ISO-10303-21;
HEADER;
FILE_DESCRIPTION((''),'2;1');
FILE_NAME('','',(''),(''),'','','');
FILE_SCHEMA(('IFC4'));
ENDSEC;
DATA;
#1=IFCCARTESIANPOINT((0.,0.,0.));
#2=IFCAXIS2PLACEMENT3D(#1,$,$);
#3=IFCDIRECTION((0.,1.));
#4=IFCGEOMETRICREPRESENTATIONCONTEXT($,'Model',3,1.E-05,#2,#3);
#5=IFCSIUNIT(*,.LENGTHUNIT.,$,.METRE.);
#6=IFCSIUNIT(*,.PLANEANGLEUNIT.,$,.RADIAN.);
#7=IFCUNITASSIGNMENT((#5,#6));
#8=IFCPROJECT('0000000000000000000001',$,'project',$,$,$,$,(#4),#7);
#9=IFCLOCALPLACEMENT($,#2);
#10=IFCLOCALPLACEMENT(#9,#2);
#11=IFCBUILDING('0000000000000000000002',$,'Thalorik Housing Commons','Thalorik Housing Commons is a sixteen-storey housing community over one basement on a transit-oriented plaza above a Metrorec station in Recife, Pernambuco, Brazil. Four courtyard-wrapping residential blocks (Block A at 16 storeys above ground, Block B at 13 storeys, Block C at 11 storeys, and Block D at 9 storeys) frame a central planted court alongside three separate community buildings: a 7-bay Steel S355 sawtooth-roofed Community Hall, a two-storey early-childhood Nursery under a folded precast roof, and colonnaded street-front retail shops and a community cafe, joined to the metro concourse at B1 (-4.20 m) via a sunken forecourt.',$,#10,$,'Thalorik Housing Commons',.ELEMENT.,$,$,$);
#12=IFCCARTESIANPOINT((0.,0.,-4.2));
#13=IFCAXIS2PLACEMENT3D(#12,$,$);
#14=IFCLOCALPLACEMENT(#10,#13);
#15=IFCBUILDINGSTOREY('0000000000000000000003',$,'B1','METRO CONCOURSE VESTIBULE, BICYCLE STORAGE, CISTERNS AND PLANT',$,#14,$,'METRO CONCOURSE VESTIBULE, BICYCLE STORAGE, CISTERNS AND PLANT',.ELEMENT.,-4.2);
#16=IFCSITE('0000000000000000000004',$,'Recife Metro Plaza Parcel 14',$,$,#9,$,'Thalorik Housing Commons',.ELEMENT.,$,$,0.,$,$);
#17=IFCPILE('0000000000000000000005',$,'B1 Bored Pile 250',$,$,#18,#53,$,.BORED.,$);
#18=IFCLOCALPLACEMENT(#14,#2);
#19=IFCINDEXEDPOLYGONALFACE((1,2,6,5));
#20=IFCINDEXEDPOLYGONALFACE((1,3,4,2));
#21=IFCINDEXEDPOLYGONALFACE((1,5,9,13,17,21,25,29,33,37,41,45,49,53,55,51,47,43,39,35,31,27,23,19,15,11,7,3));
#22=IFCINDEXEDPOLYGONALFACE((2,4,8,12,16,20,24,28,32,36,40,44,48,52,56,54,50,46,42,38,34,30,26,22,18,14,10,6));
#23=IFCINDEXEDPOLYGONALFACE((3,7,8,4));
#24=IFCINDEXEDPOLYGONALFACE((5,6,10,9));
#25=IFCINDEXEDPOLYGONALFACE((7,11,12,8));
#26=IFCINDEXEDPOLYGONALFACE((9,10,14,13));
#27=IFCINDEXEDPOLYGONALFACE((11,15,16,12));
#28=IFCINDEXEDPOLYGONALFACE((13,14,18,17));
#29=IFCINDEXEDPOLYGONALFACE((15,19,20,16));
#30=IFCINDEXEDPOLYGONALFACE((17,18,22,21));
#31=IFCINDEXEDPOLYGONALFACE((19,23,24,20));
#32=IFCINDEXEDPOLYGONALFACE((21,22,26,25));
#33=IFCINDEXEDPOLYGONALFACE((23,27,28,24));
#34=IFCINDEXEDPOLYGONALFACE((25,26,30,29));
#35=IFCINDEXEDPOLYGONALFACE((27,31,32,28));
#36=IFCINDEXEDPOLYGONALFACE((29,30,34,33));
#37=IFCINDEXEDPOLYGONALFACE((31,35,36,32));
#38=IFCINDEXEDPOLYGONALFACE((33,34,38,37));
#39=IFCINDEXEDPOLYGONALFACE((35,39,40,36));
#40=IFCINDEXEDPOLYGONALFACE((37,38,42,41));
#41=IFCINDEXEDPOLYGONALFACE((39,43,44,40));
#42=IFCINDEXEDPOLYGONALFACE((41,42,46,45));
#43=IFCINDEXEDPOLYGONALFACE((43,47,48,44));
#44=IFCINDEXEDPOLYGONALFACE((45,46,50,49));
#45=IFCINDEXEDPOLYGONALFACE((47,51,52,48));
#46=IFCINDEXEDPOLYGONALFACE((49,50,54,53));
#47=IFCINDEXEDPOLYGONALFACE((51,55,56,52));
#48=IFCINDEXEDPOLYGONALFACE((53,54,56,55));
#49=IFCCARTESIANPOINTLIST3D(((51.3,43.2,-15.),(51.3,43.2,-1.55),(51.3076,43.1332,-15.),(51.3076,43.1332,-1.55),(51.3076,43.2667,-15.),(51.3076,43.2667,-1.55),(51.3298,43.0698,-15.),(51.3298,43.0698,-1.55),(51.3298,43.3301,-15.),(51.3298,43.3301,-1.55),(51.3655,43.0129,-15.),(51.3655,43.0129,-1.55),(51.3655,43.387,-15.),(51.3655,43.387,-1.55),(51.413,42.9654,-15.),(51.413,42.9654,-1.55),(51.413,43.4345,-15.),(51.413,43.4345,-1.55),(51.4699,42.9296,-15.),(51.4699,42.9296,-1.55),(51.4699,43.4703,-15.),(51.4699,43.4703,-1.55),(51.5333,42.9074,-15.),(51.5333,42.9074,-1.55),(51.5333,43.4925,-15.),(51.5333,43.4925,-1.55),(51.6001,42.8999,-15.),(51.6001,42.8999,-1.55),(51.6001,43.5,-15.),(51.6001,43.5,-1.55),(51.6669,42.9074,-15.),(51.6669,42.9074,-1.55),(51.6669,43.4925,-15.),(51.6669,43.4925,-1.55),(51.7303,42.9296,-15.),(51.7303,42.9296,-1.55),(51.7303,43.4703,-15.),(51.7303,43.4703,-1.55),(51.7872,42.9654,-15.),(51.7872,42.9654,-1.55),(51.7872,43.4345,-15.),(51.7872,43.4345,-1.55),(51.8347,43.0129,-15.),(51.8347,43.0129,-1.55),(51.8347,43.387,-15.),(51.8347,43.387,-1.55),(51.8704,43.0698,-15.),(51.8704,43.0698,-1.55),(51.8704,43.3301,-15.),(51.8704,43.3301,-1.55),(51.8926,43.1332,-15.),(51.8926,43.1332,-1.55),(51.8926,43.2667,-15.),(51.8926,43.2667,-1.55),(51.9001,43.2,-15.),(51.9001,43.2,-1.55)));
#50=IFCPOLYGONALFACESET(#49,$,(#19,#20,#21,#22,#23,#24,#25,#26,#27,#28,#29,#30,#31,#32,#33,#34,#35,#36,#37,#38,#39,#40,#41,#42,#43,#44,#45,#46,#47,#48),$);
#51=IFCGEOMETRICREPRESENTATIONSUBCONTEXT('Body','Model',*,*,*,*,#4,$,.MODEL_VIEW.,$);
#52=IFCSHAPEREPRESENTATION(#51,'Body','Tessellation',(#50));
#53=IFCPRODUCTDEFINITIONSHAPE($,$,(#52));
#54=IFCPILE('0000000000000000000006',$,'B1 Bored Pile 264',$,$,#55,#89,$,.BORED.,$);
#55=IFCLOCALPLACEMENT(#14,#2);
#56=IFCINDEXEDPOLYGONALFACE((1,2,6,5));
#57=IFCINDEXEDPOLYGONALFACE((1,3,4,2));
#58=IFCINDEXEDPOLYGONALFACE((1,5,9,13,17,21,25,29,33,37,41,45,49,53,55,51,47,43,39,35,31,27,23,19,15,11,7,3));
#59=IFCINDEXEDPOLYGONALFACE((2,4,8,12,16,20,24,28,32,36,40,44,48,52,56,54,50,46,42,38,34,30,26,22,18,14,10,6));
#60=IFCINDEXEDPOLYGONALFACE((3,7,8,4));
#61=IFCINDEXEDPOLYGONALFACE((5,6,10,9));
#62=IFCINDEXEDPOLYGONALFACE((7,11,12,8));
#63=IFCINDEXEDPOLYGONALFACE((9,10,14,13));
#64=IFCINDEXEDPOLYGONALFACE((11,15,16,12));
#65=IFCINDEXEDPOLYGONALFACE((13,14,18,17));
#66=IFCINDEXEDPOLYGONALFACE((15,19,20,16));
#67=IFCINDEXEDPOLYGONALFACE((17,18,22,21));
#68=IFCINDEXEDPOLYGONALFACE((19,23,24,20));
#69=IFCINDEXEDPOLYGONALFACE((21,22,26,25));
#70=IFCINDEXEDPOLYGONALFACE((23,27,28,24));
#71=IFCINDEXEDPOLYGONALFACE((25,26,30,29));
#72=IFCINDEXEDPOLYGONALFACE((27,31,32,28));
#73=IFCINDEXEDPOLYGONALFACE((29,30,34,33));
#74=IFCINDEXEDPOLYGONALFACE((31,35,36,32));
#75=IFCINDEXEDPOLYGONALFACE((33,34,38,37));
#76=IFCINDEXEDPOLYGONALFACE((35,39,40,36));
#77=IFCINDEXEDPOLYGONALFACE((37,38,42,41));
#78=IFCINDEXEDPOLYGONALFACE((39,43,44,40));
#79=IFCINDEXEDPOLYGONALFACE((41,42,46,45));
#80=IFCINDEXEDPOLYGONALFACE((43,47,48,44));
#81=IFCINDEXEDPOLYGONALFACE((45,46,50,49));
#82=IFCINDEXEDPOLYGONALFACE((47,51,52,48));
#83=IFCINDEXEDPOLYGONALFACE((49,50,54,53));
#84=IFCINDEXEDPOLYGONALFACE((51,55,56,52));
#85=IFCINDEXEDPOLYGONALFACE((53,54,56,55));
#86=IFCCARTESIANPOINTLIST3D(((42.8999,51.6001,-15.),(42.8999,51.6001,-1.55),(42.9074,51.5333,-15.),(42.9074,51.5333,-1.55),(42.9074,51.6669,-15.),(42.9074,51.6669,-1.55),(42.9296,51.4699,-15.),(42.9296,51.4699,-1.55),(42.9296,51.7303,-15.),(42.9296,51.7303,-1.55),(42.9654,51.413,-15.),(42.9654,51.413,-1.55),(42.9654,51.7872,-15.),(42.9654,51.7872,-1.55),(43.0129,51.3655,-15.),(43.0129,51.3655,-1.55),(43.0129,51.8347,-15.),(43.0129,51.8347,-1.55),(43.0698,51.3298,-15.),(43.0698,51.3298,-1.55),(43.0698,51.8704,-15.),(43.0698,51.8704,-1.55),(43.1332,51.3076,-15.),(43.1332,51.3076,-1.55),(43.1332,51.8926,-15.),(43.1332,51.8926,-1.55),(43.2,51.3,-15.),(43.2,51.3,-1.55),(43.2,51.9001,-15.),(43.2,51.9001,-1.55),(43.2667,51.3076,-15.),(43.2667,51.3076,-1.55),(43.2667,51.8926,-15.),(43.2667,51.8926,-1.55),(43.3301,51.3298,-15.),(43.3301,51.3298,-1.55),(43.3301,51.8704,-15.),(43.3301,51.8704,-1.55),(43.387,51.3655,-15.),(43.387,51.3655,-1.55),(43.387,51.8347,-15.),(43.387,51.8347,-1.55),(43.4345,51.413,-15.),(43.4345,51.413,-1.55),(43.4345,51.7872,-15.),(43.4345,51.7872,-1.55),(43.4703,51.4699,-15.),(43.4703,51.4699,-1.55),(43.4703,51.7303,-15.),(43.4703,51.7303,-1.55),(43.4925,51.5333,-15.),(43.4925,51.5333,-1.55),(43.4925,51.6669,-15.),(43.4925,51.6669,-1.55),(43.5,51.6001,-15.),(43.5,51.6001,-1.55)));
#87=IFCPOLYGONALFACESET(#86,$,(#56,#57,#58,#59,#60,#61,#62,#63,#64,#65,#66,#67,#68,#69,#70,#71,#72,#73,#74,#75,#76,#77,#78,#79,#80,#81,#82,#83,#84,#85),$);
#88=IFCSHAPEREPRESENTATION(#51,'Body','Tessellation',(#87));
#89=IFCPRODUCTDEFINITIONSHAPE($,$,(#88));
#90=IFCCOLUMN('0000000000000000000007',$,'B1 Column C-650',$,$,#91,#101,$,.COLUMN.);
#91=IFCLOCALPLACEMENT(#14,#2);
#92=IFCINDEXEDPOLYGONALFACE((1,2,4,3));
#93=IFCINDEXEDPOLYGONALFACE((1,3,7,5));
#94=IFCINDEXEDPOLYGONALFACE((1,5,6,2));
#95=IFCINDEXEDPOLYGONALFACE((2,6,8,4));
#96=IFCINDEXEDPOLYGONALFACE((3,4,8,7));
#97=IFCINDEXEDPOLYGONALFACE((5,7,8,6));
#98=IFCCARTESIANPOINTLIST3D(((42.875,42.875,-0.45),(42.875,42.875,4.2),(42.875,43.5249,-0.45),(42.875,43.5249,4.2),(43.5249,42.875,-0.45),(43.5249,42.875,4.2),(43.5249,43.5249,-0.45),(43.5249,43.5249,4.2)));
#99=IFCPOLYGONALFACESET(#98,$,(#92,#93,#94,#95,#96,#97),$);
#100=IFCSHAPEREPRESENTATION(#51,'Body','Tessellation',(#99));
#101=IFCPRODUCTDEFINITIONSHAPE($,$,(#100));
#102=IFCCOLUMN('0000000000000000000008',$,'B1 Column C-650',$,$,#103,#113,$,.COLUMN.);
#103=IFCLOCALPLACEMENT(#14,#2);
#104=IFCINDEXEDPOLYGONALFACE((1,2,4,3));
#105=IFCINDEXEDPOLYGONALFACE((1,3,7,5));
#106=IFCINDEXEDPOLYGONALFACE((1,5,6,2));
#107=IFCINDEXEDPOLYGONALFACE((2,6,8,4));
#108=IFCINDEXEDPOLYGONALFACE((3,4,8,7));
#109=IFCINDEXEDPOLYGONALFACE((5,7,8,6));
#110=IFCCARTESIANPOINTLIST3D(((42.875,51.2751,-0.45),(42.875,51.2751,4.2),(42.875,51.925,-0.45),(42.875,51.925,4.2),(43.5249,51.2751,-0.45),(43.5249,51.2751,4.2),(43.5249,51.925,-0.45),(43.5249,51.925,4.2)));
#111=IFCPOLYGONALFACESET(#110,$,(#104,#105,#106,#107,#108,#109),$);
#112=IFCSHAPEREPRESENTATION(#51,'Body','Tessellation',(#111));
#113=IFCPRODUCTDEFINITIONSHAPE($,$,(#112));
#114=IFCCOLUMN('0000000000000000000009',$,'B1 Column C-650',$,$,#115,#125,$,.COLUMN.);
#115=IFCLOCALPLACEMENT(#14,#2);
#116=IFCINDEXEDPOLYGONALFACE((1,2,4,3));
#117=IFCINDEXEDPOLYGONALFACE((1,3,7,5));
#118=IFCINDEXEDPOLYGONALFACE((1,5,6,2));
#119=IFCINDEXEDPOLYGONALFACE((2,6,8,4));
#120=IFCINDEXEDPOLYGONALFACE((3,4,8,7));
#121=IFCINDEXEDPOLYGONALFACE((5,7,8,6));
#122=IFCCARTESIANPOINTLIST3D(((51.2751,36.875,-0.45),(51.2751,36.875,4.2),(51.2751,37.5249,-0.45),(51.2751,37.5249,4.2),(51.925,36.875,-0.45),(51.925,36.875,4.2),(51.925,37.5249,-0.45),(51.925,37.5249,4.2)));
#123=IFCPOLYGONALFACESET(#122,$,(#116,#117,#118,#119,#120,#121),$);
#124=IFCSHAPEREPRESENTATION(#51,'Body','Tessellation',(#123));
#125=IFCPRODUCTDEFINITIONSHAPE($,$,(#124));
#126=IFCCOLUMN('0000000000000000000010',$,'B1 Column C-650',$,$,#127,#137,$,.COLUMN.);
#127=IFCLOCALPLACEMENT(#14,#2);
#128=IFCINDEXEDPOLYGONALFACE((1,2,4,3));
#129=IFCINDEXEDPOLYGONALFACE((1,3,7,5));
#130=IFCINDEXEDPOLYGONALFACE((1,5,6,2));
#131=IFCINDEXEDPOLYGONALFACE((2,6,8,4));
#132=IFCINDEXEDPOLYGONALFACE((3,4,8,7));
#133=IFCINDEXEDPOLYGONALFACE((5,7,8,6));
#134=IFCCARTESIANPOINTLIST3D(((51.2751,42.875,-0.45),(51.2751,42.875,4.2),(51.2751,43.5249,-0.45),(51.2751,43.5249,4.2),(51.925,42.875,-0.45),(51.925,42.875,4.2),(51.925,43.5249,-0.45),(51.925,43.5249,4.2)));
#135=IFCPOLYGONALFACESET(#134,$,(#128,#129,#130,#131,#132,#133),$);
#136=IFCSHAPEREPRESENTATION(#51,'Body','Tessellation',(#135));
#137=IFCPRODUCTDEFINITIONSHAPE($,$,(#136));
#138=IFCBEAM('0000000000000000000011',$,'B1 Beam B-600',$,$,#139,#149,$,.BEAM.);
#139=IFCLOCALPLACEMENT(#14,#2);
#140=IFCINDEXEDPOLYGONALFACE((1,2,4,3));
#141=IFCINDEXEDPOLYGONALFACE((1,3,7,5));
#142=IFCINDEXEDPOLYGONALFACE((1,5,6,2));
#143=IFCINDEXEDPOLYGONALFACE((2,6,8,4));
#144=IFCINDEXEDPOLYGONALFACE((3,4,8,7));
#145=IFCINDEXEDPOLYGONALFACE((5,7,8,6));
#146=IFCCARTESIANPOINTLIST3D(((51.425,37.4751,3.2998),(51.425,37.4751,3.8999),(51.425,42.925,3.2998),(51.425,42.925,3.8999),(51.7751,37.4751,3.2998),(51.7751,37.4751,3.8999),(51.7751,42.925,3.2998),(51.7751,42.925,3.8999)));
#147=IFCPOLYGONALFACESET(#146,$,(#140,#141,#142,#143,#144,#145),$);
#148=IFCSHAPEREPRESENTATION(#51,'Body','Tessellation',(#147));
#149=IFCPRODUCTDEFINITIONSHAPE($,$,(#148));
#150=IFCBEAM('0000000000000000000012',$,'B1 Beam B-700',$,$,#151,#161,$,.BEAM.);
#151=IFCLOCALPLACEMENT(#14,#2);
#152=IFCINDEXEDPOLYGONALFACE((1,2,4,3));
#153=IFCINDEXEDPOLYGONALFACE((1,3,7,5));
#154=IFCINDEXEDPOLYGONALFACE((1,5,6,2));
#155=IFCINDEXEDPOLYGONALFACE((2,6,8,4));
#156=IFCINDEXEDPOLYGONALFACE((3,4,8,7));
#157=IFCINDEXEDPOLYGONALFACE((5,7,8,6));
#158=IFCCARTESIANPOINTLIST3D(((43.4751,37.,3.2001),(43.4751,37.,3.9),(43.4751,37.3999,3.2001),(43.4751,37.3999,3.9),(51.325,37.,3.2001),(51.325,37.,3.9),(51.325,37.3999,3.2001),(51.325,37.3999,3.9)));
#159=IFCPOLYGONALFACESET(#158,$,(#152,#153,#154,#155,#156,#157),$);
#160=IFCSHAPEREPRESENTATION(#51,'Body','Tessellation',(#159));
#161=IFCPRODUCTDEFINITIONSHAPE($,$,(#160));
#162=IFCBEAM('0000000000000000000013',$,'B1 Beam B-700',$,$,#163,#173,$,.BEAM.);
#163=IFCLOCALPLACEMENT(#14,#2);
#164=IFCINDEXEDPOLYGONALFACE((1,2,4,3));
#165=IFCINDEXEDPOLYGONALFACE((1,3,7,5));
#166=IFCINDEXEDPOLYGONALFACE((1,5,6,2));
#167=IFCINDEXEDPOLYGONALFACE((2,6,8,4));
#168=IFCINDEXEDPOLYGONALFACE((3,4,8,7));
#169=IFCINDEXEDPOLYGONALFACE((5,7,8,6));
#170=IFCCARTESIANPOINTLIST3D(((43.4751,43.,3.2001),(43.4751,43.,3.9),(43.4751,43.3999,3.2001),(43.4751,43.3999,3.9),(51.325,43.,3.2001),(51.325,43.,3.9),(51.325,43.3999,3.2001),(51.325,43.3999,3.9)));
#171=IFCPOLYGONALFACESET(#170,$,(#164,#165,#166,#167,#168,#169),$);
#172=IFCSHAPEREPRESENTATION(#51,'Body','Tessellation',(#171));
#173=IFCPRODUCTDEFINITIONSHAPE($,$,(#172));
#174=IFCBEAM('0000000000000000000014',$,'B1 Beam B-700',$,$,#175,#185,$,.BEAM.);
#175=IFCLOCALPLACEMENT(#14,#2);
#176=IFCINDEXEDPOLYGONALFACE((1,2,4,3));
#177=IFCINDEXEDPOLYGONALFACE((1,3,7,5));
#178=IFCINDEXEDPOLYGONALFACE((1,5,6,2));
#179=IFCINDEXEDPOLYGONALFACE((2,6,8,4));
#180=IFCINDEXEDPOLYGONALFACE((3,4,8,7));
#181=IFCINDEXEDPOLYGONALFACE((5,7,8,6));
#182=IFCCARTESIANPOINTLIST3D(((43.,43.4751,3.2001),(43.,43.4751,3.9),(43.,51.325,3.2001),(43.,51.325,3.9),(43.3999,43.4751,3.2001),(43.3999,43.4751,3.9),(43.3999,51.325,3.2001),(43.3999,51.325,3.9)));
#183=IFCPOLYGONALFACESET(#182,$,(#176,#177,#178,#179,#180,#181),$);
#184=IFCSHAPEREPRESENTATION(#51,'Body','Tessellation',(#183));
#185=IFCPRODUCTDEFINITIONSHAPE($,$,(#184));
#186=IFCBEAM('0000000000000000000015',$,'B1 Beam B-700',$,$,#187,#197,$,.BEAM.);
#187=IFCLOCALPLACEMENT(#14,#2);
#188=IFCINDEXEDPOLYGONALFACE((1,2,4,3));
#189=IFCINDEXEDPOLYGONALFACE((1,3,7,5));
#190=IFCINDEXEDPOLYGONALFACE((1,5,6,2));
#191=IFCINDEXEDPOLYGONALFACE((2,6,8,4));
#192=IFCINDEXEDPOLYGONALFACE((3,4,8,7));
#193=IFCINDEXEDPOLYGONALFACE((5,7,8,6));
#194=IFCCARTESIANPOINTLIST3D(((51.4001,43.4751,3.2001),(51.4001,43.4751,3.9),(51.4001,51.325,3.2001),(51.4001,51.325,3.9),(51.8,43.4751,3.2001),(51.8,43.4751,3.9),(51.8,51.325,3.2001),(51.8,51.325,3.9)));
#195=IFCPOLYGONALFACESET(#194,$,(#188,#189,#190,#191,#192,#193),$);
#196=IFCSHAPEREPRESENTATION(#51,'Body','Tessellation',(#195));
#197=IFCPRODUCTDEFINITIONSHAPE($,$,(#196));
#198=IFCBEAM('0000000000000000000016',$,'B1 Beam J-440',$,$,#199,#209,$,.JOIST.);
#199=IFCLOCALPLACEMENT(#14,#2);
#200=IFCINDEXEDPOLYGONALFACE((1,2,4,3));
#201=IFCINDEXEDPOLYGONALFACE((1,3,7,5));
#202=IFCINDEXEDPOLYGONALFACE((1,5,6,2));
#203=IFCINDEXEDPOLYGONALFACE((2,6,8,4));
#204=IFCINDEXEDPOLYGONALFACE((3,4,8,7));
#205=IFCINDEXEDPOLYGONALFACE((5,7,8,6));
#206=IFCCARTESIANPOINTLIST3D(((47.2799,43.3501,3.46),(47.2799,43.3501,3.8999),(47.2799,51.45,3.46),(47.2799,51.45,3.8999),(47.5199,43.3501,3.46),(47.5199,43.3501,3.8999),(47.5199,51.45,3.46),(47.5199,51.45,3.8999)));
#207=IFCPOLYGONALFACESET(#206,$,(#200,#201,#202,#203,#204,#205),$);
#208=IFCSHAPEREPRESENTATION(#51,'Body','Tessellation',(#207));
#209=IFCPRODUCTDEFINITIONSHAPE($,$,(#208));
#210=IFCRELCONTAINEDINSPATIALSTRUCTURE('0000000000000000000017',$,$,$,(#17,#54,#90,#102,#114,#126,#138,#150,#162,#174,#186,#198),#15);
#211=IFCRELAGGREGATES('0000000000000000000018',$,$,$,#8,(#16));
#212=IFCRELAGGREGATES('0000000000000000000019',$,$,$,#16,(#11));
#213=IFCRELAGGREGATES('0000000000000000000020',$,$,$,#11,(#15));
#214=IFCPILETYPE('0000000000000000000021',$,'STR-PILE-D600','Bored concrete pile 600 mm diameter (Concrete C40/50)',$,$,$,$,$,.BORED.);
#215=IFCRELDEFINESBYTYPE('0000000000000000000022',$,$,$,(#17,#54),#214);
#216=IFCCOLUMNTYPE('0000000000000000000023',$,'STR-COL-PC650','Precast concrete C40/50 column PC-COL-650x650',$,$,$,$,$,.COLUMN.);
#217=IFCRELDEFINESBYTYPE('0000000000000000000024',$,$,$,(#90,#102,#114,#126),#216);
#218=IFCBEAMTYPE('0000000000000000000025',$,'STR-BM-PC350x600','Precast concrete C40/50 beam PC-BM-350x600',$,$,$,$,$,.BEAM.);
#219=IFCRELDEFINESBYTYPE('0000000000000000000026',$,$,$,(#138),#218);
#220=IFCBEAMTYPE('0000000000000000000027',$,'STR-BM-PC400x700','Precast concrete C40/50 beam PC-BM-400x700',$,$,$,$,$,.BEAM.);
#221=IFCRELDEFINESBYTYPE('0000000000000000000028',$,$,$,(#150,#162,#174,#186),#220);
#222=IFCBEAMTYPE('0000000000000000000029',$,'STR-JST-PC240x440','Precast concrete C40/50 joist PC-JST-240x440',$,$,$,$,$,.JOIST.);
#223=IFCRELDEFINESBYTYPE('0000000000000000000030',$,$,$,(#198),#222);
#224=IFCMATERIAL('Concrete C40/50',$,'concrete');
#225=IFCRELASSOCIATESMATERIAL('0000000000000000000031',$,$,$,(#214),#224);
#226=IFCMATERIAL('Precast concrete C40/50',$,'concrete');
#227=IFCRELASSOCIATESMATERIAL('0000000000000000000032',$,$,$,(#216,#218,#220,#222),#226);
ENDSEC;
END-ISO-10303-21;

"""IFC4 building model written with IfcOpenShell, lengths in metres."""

from ifc_helpers import new_model, si_unit, direction, frame, origin, origin_2d, place, context, subcontext, project, spatial, rectangle, circle, extrude, material, material_profile, profile_set, type_object, element, save


model = new_model("IFC4")

# Units and contexts
model_context = context("Model", 3, precision=1e-05, world=origin(), true_north=direction((0.0, 1.0)))
body_context = subcontext(model_context, "Body", "Model", "MODEL_VIEW")
ifc_project = project(units=[si_unit("LENGTHUNIT", "METRE"), si_unit("PLANEANGLEUNIT", "RADIAN")], contexts=[model_context])

# Site, building, storey
site_placement = place(None, origin())
site = spatial("IfcSite", under=ifc_project, at=site_placement, Name="Recife Metro Plaza Parcel 14", LongName="Thalorik Housing Commons", CompositionType="ELEMENT", RefElevation=0.0)
building_placement = place(site_placement, origin())
building = spatial("IfcBuilding", under=site, at=building_placement, Name="Thalorik Housing Commons", Description="Thalorik Housing Commons is a sixteen-storey housing community over one basement on a transit-oriented plaza above a Metrorec station in Recife, Pernambuco, Brazil. Four courtyard-wrapping residential blocks (Block A at 16 storeys above ground, Block B at 13 storeys, Block C at 11 storeys, and Block D at 9 storeys) frame a central planted court alongside three separate community buildings: a 7-bay Steel S355 sawtooth-roofed Community Hall, a two-storey early-childhood Nursery under a folded precast roof, and colonnaded street-front retail shops and a community cafe, joined to the metro concourse at B1 (-4.20 m) via a sunken forecourt.", LongName="Thalorik Housing Commons", CompositionType="ELEMENT")
storey_placement = place(building_placement, frame((0.0, 0.0, -4.2)))
storey = spatial("IfcBuildingStorey", under=building, at=storey_placement, Name="B1", Description="METRO CONCOURSE VESTIBULE, BICYCLE STORAGE, CISTERNS AND PLANT", LongName="METRO CONCOURSE VESTIBULE, BICYCLE STORAGE, CISTERNS AND PLANT", CompositionType="ELEMENT", Elevation=-4.2)

# Shared definitions
ifc_material_1 = material(Name="Concrete C40/50", Category="concrete")

# Piles
ifc_material_profile_1 = material_profile(ifc_material_1, circle(Radius=0.3, at=origin_2d()), Name="BORED PILE D600", Category="concrete")
ifc_profile_set_1 = profile_set([ifc_material_profile_1], Name="Concrete C40/50")
pile_type = type_object("IfcPileType", Name="STR-PILE-D600", Description="Bored concrete pile 600 mm diameter (Concrete C40/50)", PredefinedType="BORED", material=ifc_profile_set_1)
for number, where, z_axis, x_axis, name in (
    (1, (51.6001, 43.2, -1.55), (0.0, 0.0, -1.0), (1.0, 0.0, 0.0), "B1 Bored Pile 250"),
    (2, (43.2, 51.6001, -1.55), (0.0, 0.0, -1.0), (1.0, 0.0, 0.0), "B1 Bored Pile 264"),
):
    element("IfcPile", number, at=place(storey_placement, frame(where, z_axis=z_axis, x_axis=x_axis)), inside=storey, type_object=pile_type, Name=name, PredefinedType="BORED", context=body_context, shape_type="SweptSolid", body=[
        extrude(circle(Radius=0.3, at=origin_2d()), origin(), (0.0, 0.0, 1.0), 13.45),
    ])

# Columns
ifc_material_2 = material(Name="Precast concrete C40/50", Category="concrete")
ifc_material_profile_2 = material_profile(ifc_material_2, rectangle(XDim=0.6499, YDim=0.6499, at=origin_2d()), Name="PC 650x650", Category="concrete")
ifc_profile_set_2 = profile_set([ifc_material_profile_2], Name="Precast concrete C40/50")
column_type = type_object("IfcColumnType", Name="STR-COL-PC650", Description="Precast concrete C40/50 column PC-COL-650x650", PredefinedType="COLUMN", material=ifc_profile_set_2)
for number, where, z_axis, x_axis, name in (
    (3, (43.2, 43.2, -0.45), (0.0, 0.0, 1.0), (1.0, 0.0, 0.0), "B1 Column C-650"),
    (4, (43.2, 51.6001, -0.45), (0.0, 0.0, 1.0), (1.0, 0.0, 0.0), "B1 Column C-650"),
    (5, (51.6001, 37.2, -0.45), (0.0, 0.0, 1.0), (1.0, 0.0, 0.0), "B1 Column C-650"),
    (6, (51.6001, 43.2, -0.45), (0.0, 0.0, 1.0), (1.0, 0.0, 0.0), "B1 Column C-650"),
):
    element("IfcColumn", number, at=place(storey_placement, frame(where, z_axis=z_axis, x_axis=x_axis)), inside=storey, type_object=column_type, Name=name, PredefinedType="COLUMN", context=body_context, shape_type="SweptSolid", body=[
        extrude(rectangle(XDim=0.6499, YDim=0.6499, at=origin_2d()), origin(), (0.0, 0.0, 1.0), 4.6499),
    ])

# Beams
ifc_material_profile_3 = material_profile(ifc_material_2, rectangle(XDim=0.3501, YDim=0.6001, at=origin_2d()), Name="PC 350x600", Category="concrete")
ifc_profile_set_3 = profile_set([ifc_material_profile_3], Name="Precast concrete C40/50")
beam_type_1 = type_object("IfcBeamType", Name="STR-BM-PC350x600", Description="Precast concrete C40/50 beam PC-BM-350x600", PredefinedType="BEAM", material=ifc_profile_set_3)
beam_1_placement = place(storey_placement, frame((51.6001, 37.4751, 3.5999), z_axis=(0.0, 1.0, 0.0), x_axis=(-1.0, 0.0, 0.0)))
element("IfcBeam", 7, at=beam_1_placement, inside=storey, type_object=beam_type_1, Name="B1 Beam B-600", PredefinedType="BEAM", context=body_context, shape_type="SweptSolid", body=[
    extrude(rectangle(XDim=0.3501, YDim=0.6001, at=origin_2d()), origin(), (0.0, 0.0, 1.0), 5.45),
])
ifc_material_profile_4 = material_profile(ifc_material_2, rectangle(XDim=0.3999, YDim=0.7, at=origin_2d()), Name="PC 400x700", Category="concrete")
ifc_profile_set_4 = profile_set([ifc_material_profile_4], Name="Precast concrete C40/50")
beam_type_2 = type_object("IfcBeamType", Name="STR-BM-PC400x700", Description="Precast concrete C40/50 beam PC-BM-400x700", PredefinedType="BEAM", material=ifc_profile_set_4)
for number, where, z_axis, x_axis, name in (
    (8, (43.4751, 37.2, 3.55), (1.0, 0.0, 0.0), (0.0, 1.0, 0.0), "B1 Beam B-700"),
    (9, (43.4751, 43.2, 3.55), (1.0, 0.0, 0.0), (0.0, 1.0, 0.0), "B1 Beam B-700"),
    (10, (43.2, 43.4751, 3.55), (0.0, 1.0, 0.0), (-1.0, 0.0, 0.0), "B1 Beam B-700"),
    (11, (51.6001, 43.4751, 3.55), (0.0, 1.0, 0.0), (-1.0, 0.0, 0.0), "B1 Beam B-700"),
):
    element("IfcBeam", number, at=place(storey_placement, frame(where, z_axis=z_axis, x_axis=x_axis)), inside=storey, type_object=beam_type_2, Name=name, PredefinedType="BEAM", context=body_context, shape_type="SweptSolid", body=[
        extrude(rectangle(XDim=0.3999, YDim=0.7, at=origin_2d()), origin(), (0.0, 0.0, 1.0), 7.8499),
    ])
ifc_material_profile_5 = material_profile(ifc_material_2, rectangle(XDim=0.24, YDim=0.4399, at=origin_2d()), Name="PC JST 240x440", Category="concrete")
ifc_profile_set_5 = profile_set([ifc_material_profile_5], Name="Precast concrete C40/50")
beam_type_3 = type_object("IfcBeamType", Name="STR-JST-PC240x440", Description="Precast concrete C40/50 joist PC-JST-240x440", PredefinedType="JOIST", material=ifc_profile_set_5)
beam_2_placement = place(storey_placement, frame((47.3999, 43.3501, 3.6799), z_axis=(0.0, 1.0, 0.0), x_axis=(-1.0, 0.0, 0.0)))
element("IfcBeam", 12, at=beam_2_placement, inside=storey, type_object=beam_type_3, Name="B1 Beam J-440", PredefinedType="JOIST", context=body_context, shape_type="SweptSolid", body=[
    extrude(rectangle(XDim=0.24, YDim=0.4399, at=origin_2d()), origin(), (0.0, 0.0, 1.0), 8.0999),
])

save(model, "model.ifc")
